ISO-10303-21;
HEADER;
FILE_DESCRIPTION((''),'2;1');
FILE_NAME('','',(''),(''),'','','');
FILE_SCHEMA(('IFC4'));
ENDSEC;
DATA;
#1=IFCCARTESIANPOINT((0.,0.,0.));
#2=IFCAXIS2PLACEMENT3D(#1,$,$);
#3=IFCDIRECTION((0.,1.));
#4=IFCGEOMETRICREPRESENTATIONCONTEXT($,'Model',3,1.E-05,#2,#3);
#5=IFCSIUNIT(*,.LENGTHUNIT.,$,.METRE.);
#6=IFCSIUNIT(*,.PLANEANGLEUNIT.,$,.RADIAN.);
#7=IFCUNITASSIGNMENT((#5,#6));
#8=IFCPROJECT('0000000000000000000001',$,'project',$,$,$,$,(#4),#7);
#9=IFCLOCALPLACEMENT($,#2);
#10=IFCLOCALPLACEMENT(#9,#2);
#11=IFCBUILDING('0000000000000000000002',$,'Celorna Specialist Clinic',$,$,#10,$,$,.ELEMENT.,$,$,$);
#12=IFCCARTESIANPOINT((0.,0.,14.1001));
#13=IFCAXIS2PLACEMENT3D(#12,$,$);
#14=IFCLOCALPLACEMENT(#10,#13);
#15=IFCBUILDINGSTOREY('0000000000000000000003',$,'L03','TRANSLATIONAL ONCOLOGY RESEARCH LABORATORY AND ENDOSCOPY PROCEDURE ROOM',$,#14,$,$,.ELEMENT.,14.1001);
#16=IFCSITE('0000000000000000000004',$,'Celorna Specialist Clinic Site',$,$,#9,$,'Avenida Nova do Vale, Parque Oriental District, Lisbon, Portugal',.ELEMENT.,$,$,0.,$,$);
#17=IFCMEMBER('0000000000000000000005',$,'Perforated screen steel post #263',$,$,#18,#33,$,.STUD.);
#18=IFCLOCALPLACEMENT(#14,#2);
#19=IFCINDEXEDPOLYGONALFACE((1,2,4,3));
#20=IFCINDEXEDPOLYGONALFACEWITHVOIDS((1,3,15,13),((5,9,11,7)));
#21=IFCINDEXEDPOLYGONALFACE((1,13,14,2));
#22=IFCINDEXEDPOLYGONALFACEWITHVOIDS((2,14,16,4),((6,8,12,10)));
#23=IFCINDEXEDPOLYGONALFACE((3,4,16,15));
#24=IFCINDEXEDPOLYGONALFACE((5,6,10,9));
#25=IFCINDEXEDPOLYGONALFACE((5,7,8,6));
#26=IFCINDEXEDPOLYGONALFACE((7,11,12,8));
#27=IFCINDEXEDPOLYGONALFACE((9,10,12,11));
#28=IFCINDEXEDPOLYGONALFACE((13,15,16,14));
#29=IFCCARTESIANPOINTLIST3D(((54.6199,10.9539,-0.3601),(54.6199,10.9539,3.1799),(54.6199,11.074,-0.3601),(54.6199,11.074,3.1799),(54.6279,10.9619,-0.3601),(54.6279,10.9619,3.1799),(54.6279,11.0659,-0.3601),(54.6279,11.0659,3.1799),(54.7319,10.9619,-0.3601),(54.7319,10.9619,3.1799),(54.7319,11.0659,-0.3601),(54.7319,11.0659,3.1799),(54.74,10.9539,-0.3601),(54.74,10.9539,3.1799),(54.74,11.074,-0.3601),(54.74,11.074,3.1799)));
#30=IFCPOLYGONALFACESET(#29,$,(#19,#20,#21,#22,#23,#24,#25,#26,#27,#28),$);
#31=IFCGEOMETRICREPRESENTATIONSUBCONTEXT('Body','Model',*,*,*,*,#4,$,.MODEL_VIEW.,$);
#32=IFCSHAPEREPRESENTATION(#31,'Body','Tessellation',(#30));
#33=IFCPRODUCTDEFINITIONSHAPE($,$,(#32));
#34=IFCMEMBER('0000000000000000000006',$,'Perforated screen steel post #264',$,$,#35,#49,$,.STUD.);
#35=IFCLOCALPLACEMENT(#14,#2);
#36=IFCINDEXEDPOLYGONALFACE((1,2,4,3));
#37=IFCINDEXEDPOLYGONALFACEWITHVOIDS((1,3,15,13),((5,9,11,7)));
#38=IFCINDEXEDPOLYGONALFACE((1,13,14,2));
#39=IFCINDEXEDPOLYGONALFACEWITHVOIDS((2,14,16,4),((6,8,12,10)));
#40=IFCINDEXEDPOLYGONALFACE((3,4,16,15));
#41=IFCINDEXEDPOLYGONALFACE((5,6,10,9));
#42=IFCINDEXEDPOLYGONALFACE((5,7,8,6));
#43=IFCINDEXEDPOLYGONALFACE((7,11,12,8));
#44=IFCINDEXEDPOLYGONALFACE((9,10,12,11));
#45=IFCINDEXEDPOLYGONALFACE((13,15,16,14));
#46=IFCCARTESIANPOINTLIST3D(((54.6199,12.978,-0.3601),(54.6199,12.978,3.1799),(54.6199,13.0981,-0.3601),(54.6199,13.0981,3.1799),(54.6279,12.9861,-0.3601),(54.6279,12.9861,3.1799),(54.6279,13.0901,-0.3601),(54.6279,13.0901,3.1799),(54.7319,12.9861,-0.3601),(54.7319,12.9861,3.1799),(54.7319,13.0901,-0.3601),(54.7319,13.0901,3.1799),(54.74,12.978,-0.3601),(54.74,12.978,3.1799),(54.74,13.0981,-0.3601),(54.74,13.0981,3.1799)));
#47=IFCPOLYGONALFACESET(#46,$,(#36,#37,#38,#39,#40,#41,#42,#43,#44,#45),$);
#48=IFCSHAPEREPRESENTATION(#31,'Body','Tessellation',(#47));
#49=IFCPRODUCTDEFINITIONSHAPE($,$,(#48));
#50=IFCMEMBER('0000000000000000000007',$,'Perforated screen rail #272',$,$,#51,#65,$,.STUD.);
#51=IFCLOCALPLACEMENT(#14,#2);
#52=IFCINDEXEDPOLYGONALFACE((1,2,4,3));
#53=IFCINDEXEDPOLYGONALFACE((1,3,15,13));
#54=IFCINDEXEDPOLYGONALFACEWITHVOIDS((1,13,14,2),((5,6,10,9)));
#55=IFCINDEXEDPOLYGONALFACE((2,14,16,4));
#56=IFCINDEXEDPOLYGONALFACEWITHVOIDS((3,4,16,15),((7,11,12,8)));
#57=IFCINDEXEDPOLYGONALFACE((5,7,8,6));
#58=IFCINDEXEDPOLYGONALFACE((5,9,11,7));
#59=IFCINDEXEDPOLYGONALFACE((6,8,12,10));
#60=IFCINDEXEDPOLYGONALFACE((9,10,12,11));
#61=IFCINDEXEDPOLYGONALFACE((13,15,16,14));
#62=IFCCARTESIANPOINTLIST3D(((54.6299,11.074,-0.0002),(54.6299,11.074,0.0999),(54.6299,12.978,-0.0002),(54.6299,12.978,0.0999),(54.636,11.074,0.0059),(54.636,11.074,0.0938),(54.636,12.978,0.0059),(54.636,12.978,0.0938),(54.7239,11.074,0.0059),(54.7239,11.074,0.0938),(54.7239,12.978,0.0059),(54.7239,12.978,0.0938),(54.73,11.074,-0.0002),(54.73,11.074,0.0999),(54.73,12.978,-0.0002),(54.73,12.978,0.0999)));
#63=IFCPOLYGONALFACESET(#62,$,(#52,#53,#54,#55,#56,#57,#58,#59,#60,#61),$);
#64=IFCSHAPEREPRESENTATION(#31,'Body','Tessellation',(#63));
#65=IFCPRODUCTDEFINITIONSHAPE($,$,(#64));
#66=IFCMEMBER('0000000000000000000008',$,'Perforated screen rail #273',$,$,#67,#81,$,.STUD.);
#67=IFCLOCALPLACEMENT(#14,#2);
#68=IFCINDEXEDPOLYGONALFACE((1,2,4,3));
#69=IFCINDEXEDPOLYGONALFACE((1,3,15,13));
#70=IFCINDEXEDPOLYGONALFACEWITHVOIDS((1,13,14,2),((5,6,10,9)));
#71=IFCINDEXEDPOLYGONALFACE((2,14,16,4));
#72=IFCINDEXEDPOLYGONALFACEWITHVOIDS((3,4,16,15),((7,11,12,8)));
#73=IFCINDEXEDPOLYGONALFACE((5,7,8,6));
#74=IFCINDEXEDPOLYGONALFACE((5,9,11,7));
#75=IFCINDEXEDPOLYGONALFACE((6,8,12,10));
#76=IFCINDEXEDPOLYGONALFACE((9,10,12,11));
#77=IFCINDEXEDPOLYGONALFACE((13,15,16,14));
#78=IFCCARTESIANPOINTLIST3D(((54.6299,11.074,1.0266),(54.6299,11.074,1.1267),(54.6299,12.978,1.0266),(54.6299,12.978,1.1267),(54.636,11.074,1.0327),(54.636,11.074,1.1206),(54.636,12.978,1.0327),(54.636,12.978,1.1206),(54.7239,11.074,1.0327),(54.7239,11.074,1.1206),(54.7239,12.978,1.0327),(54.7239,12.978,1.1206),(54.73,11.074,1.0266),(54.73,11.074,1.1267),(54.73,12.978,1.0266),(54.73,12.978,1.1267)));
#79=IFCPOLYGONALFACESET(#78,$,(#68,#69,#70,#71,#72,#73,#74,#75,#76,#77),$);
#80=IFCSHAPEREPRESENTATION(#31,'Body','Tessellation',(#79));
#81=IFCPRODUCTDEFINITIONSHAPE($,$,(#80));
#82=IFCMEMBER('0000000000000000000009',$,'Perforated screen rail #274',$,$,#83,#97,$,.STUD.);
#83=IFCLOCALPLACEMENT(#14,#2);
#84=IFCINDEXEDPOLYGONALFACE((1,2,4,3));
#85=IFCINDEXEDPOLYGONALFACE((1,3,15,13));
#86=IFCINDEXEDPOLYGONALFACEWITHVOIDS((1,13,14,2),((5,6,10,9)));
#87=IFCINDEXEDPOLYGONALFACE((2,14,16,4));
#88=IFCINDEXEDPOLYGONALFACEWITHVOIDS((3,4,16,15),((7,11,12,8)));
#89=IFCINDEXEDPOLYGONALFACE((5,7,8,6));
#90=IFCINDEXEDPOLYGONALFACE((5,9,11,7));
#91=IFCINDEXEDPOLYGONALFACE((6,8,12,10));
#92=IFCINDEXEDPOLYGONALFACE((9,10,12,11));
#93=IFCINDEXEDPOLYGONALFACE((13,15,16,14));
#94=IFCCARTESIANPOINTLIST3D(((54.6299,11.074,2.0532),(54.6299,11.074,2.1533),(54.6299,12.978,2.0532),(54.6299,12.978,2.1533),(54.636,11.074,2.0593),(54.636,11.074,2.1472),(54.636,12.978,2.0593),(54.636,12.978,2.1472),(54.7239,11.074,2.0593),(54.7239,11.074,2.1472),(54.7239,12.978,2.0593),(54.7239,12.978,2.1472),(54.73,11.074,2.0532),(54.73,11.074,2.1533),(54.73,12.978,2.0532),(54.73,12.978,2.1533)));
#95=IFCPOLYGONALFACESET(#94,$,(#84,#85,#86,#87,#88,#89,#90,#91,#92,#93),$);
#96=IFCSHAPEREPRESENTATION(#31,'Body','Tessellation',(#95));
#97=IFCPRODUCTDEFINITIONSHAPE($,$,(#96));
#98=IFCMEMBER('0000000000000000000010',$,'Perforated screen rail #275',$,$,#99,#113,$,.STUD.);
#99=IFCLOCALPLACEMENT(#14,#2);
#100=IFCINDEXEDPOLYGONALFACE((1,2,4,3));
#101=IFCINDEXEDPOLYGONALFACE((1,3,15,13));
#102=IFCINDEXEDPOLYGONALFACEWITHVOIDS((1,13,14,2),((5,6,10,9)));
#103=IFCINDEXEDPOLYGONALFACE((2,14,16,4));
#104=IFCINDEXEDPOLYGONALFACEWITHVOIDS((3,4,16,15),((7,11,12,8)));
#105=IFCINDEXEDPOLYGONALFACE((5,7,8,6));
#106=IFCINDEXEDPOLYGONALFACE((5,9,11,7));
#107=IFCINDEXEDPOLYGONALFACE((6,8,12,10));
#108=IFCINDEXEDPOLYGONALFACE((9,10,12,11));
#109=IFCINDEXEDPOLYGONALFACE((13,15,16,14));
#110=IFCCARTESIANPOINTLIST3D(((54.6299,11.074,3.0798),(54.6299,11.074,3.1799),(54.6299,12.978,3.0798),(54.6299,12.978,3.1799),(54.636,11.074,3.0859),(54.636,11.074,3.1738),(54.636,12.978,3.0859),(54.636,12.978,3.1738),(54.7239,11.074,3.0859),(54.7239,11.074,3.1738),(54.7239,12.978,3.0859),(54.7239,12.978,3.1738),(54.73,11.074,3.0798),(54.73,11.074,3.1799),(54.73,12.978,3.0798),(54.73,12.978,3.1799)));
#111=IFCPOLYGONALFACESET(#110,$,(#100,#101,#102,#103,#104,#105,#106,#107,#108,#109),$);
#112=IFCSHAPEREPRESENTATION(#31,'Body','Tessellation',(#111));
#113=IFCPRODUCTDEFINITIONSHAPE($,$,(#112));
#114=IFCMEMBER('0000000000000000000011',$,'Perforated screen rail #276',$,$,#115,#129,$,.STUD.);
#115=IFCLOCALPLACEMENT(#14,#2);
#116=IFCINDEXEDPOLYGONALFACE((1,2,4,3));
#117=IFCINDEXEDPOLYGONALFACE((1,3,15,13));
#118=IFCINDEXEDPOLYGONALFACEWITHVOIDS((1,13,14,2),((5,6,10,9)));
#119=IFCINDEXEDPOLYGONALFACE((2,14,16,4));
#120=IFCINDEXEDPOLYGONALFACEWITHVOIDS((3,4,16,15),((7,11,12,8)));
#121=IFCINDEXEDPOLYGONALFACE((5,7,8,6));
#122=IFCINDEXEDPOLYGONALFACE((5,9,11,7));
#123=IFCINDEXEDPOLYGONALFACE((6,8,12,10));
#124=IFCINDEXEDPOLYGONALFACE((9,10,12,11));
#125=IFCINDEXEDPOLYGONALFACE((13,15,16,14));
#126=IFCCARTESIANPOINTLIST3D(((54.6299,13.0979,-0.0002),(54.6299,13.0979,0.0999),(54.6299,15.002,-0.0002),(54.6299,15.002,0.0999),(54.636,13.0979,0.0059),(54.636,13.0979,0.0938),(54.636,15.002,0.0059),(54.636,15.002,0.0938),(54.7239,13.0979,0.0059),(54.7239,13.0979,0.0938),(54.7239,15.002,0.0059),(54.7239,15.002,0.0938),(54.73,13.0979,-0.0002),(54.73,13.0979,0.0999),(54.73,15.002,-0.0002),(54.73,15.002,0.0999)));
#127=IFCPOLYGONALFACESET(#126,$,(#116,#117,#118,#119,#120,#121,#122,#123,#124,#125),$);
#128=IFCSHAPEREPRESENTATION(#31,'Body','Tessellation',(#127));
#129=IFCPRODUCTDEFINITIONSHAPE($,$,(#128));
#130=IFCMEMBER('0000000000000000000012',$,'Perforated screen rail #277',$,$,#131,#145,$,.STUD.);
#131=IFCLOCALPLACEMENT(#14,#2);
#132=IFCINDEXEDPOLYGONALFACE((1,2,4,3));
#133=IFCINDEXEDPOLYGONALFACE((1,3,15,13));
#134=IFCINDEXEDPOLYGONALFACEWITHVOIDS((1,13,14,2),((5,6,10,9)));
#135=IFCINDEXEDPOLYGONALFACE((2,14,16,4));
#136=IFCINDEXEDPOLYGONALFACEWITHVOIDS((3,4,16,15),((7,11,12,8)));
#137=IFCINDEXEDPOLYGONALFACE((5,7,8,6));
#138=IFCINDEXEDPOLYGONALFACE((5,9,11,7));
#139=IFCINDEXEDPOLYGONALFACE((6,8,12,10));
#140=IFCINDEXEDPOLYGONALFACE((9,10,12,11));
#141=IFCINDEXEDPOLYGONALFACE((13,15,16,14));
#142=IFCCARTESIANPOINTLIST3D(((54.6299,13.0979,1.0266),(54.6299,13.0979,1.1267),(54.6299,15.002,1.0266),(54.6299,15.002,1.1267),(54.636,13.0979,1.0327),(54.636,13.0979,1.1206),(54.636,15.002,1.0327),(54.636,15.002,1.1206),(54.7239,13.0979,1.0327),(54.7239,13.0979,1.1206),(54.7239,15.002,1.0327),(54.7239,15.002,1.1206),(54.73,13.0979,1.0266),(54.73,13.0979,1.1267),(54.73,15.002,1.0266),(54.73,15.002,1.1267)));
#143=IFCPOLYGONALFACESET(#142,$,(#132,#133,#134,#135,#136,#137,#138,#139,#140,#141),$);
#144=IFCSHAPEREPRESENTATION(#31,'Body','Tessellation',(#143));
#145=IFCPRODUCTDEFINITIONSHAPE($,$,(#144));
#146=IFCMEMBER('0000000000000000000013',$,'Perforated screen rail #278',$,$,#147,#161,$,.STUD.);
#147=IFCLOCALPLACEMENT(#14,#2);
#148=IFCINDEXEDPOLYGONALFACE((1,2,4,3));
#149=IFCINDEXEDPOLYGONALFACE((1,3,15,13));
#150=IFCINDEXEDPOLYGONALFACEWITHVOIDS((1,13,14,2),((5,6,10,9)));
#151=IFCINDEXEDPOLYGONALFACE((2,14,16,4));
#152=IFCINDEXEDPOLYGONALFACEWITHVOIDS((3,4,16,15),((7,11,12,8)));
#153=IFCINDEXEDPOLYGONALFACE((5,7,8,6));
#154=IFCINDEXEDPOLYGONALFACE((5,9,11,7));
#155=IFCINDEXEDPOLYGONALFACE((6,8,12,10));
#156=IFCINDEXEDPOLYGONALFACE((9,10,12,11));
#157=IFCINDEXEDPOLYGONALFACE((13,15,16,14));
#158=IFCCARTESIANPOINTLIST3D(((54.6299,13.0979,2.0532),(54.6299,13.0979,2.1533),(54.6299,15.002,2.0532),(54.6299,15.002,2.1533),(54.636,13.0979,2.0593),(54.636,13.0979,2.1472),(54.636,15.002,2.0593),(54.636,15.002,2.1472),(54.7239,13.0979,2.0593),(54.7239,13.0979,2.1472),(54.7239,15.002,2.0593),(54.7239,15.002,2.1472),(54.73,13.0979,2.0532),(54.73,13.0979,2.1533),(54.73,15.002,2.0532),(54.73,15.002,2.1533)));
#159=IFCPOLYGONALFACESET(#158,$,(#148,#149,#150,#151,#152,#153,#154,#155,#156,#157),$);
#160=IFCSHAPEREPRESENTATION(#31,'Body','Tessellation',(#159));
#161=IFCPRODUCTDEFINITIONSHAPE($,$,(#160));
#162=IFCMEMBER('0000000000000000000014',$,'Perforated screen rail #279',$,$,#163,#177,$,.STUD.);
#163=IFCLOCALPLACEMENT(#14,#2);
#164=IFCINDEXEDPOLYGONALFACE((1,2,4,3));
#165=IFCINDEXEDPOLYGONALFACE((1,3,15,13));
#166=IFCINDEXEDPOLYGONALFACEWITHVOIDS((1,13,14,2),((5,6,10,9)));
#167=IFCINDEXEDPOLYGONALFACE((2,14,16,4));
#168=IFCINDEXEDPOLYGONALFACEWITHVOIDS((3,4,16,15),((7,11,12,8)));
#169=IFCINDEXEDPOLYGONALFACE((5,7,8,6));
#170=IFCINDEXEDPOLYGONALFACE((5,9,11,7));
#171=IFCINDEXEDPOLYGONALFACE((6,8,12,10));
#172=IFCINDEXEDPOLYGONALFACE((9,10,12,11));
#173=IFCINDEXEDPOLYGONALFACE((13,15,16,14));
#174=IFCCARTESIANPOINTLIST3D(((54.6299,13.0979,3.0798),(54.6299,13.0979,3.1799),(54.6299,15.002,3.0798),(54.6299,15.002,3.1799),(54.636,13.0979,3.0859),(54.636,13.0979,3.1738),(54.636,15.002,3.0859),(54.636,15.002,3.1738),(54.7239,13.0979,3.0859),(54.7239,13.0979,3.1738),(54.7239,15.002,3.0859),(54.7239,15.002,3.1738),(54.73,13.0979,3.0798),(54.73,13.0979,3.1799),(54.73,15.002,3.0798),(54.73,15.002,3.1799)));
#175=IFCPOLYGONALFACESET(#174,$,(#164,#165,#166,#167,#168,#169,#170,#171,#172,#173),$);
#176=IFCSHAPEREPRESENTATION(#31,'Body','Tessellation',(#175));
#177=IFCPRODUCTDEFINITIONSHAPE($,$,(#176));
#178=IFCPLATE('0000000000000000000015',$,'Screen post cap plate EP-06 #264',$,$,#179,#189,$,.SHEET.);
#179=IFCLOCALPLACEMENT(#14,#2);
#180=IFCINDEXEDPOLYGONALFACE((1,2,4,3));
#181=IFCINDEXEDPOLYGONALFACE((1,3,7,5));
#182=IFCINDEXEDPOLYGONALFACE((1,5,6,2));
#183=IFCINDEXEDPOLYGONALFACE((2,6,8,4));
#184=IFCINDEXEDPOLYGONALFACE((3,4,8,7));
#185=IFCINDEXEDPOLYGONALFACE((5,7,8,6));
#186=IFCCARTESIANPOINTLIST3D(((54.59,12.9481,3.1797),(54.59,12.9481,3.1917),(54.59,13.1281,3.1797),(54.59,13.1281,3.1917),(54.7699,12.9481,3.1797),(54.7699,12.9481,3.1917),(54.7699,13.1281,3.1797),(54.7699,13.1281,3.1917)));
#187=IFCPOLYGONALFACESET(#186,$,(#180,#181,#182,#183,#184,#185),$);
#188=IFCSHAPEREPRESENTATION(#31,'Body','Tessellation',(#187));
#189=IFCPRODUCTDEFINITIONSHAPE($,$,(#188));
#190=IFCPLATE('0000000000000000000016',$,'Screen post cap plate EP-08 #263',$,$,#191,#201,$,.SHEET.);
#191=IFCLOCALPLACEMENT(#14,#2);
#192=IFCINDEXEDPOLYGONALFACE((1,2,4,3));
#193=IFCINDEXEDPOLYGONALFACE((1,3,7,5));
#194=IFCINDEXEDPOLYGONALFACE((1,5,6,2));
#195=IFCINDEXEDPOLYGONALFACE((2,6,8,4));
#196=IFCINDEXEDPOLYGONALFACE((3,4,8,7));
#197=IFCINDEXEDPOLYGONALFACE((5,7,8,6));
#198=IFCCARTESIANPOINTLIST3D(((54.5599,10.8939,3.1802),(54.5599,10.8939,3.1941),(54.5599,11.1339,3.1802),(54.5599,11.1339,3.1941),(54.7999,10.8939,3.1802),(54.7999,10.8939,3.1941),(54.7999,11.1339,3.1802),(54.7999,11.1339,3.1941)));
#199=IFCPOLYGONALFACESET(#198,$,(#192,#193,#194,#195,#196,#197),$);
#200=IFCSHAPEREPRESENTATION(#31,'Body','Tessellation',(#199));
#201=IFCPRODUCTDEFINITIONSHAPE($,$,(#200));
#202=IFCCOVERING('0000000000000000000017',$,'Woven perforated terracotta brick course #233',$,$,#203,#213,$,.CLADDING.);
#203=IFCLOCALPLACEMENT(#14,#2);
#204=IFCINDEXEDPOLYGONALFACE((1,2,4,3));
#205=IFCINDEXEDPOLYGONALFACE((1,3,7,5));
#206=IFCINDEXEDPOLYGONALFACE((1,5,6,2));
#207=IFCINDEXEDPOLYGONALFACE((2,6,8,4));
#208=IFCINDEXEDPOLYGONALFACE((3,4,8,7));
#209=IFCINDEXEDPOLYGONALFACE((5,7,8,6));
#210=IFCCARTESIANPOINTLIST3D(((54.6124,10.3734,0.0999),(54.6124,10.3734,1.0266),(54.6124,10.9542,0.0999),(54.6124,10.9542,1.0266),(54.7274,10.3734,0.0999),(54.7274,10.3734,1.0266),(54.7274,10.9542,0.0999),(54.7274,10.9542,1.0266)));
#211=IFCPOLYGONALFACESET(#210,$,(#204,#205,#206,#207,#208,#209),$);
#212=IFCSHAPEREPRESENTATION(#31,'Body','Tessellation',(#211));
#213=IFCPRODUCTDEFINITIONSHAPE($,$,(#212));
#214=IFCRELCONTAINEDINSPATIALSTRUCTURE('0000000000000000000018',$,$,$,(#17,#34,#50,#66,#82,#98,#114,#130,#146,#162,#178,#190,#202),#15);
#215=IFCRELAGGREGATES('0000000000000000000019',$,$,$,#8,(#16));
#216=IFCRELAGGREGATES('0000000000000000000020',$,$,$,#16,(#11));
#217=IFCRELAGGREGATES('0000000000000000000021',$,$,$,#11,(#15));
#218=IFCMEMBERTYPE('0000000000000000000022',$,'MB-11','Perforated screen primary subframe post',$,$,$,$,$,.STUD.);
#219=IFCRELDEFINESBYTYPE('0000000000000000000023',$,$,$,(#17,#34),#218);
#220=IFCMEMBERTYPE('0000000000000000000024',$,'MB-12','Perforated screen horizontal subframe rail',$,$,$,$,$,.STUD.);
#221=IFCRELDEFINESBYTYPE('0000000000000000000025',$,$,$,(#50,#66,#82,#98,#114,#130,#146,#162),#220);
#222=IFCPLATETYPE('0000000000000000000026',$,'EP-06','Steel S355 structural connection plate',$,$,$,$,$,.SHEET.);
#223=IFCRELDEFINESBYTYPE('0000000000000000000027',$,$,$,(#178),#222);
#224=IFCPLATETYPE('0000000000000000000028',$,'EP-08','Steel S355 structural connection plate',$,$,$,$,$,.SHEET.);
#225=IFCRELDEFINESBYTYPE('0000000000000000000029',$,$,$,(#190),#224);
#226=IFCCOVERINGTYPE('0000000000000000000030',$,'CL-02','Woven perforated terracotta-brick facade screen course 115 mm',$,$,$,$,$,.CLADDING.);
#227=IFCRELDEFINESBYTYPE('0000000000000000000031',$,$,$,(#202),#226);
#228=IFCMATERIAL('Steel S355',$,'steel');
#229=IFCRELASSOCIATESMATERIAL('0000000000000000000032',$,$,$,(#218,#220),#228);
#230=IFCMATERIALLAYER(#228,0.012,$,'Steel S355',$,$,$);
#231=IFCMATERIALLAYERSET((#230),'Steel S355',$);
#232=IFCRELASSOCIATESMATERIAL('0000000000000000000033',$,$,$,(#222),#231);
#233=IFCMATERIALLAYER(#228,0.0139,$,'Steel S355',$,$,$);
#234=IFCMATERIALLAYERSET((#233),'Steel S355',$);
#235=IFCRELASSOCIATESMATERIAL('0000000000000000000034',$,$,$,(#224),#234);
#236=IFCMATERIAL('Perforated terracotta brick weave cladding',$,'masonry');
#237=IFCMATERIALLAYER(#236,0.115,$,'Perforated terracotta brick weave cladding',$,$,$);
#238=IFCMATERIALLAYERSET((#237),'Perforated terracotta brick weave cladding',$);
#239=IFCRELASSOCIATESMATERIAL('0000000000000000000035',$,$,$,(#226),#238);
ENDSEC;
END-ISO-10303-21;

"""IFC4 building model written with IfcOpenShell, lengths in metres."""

from ifc_helpers import new_model, si_unit, direction, frame, origin, origin_2d, place, context, subcontext, project, spatial, rectangle, hollow_rectangle, extrude, material, layer, layer_set, material_profile, profile_set, type_object, element, save


model = new_model("IFC4")

# Units and contexts
model_context = context("Model", 3, precision=1e-05, world=origin(), true_north=direction((0.0, 1.0)))
body_context = subcontext(model_context, "Body", "Model", "MODEL_VIEW")
ifc_project = project(units=[si_unit("LENGTHUNIT", "METRE"), si_unit("PLANEANGLEUNIT", "RADIAN")], contexts=[model_context])

# Site, building, storey
site_placement = place(None, origin())
site = spatial("IfcSite", under=ifc_project, at=site_placement, Name="Celorna Specialist Clinic Site", LongName="Avenida Nova do Vale, Parque Oriental District, Lisbon, Portugal", CompositionType="ELEMENT", RefElevation=0.0)
building_placement = place(site_placement, origin())
building = spatial("IfcBuilding", under=site, at=building_placement, Name="Celorna Specialist Clinic", CompositionType="ELEMENT")
storey_placement = place(building_placement, frame((0.0, 0.0, 14.1001)))
storey = spatial("IfcBuildingStorey", under=building, at=storey_placement, Name="L03", Description="TRANSLATIONAL ONCOLOGY RESEARCH LABORATORY AND ENDOSCOPY PROCEDURE ROOM", CompositionType="ELEMENT", Elevation=14.1001)

# Members
ifc_material_1 = material(Name="Steel S355", Category="steel")
ifc_material_profile_1 = material_profile(ifc_material_1, hollow_rectangle(XDim=0.1201, YDim=0.1201, WallThickness=0.0081, at=origin_2d()), Name="SHS 120x120x8")
ifc_profile_set_1 = profile_set([ifc_material_profile_1], Name="Steel S355")
member_type_1 = type_object("IfcMemberType", Name="MB-11", Description="Perforated screen primary subframe post", PredefinedType="STUD", material=ifc_profile_set_1)
for number, where, z_axis, x_axis, name in (
    (1, (54.6799, 11.0139, -0.3601), (0.0, 0.0, 1.0), (1.0, 0.0, 0.0), "Perforated screen steel post #263"),
    (2, (54.6799, 13.0381, -0.3601), (0.0, 0.0, 1.0), (1.0, 0.0, 0.0), "Perforated screen steel post #264"),
):
    element("IfcMember", number, at=place(storey_placement, frame(where, z_axis=z_axis, x_axis=x_axis)), inside=storey, type_object=member_type_1, Name=name, PredefinedType="STUD", context=body_context, shape_type="SweptSolid", body=[
        extrude(hollow_rectangle(XDim=0.1201, YDim=0.1201, WallThickness=0.0081, at=origin_2d()), origin(), (0.0, 0.0, 1.0), 3.54),
    ])
ifc_material_profile_2 = material_profile(ifc_material_1, hollow_rectangle(XDim=0.1001, YDim=0.1001, WallThickness=0.0061, at=origin_2d()), Name="SHS 100x100x6")
ifc_profile_set_2 = profile_set([ifc_material_profile_2], Name="Steel S355")
member_type_2 = type_object("IfcMemberType", Name="MB-12", Description="Perforated screen horizontal subframe rail", PredefinedType="STUD", material=ifc_profile_set_2)
for number, where, z_axis, x_axis, name in (
    (3, (54.6799, 11.074, 0.0498), (0.0, 1.0, 0.0), (-1.0, 0.0, 0.0), "Perforated screen rail #272"),
    (4, (54.6799, 11.074, 1.0767), (0.0, 1.0, 0.0), (-1.0, 0.0, 0.0), "Perforated screen rail #273"),
    (5, (54.6799, 11.074, 2.1033), (0.0, 1.0, 0.0), (-1.0, 0.0, 0.0), "Perforated screen rail #274"),
    (6, (54.6799, 11.074, 3.1299), (0.0, 1.0, 0.0), (-1.0, 0.0, 0.0), "Perforated screen rail #275"),
    (7, (54.6799, 13.0979, 0.0498), (0.0, 1.0, 0.0), (-1.0, 0.0, 0.0), "Perforated screen rail #276"),
    (8, (54.6799, 13.0979, 1.0767), (0.0, 1.0, 0.0), (-1.0, 0.0, 0.0), "Perforated screen rail #277"),
    (9, (54.6799, 13.0979, 2.1033), (0.0, 1.0, 0.0), (-1.0, 0.0, 0.0), "Perforated screen rail #278"),
    (10, (54.6799, 13.0979, 3.1299), (0.0, 1.0, 0.0), (-1.0, 0.0, 0.0), "Perforated screen rail #279"),
):
    element("IfcMember", number, at=place(storey_placement, frame(where, z_axis=z_axis, x_axis=x_axis)), inside=storey, type_object=member_type_2, Name=name, PredefinedType="STUD", context=body_context, shape_type="SweptSolid", body=[
        extrude(hollow_rectangle(XDim=0.1001, YDim=0.1001, WallThickness=0.0061, at=origin_2d()), origin(), (0.0, 0.0, 1.0), 1.9041),
    ])

# Plates
ifc_layer_1 = layer(ifc_material_1, 0.012, Name="Steel S355")
ifc_layer_set_1 = layer_set([ifc_layer_1], Name="Steel S355")
plate_type_1 = type_object("IfcPlateType", Name="EP-06", Description="Steel S355 structural connection plate", PredefinedType="SHEET", material=ifc_layer_set_1)
plate_1_placement = place(storey_placement, frame((54.6799, 13.0381, 3.1797), z_axis=(0.0, 0.0, 1.0), x_axis=(0.0, 1.0, 0.0)))
element("IfcPlate", 11, at=plate_1_placement, inside=storey, type_object=plate_type_1, Name="Screen post cap plate EP-06 #264", PredefinedType="SHEET", context=body_context, shape_type="SweptSolid", body=[
    extrude(rectangle(XDim=0.1799, YDim=0.1799, at=origin_2d()), origin(), (0.0, 0.0, 1.0), 0.012),
])
ifc_layer_2 = layer(ifc_material_1, 0.0139, Name="Steel S355")
ifc_layer_set_2 = layer_set([ifc_layer_2], Name="Steel S355")
plate_type_2 = type_object("IfcPlateType", Name="EP-08", Description="Steel S355 structural connection plate", PredefinedType="SHEET", material=ifc_layer_set_2)
plate_2_placement = place(storey_placement, frame((54.6799, 11.0139, 3.1802), z_axis=(0.0, 0.0, 1.0), x_axis=(0.0, 1.0, 0.0)))
element("IfcPlate", 12, at=plate_2_placement, inside=storey, type_object=plate_type_2, Name="Screen post cap plate EP-08 #263", PredefinedType="SHEET", context=body_context, shape_type="SweptSolid", body=[
    extrude(rectangle(XDim=0.24, YDim=0.24, at=origin_2d()), origin(), (0.0, 0.0, 1.0), 0.0139),
])

# Covering
ifc_material_2 = material(Name="Perforated terracotta brick weave cladding", Category="masonry")
ifc_layer_3 = layer(ifc_material_2, 0.115, Name="Perforated terracotta brick weave cladding")
ifc_layer_set_3 = layer_set([ifc_layer_3], Name="Perforated terracotta brick weave cladding")
covering_type = type_object("IfcCoveringType", Name="CL-02", Description="Woven perforated terracotta-brick facade screen course 115 mm", PredefinedType="CLADDING", material=ifc_layer_set_3)
for number, where, z_axis, x_axis, name in (
    (13, (54.6699, 10.6638, 0.0999), (0.0, 0.0, 1.0), (0.0, 1.0, 0.0), "Woven perforated terracotta brick course #233"),
):
    element("IfcCovering", number, at=place(storey_placement, frame(where, z_axis=z_axis, x_axis=x_axis)), inside=storey, type_object=covering_type, Name=name, PredefinedType="CLADDING", context=body_context, shape_type="SweptSolid", body=[
        extrude(rectangle(XDim=0.5808, YDim=0.115, at=origin_2d()), origin(), (0.0, 0.0, 1.0), 0.9268),
    ])

save(model, "model.ifc")
